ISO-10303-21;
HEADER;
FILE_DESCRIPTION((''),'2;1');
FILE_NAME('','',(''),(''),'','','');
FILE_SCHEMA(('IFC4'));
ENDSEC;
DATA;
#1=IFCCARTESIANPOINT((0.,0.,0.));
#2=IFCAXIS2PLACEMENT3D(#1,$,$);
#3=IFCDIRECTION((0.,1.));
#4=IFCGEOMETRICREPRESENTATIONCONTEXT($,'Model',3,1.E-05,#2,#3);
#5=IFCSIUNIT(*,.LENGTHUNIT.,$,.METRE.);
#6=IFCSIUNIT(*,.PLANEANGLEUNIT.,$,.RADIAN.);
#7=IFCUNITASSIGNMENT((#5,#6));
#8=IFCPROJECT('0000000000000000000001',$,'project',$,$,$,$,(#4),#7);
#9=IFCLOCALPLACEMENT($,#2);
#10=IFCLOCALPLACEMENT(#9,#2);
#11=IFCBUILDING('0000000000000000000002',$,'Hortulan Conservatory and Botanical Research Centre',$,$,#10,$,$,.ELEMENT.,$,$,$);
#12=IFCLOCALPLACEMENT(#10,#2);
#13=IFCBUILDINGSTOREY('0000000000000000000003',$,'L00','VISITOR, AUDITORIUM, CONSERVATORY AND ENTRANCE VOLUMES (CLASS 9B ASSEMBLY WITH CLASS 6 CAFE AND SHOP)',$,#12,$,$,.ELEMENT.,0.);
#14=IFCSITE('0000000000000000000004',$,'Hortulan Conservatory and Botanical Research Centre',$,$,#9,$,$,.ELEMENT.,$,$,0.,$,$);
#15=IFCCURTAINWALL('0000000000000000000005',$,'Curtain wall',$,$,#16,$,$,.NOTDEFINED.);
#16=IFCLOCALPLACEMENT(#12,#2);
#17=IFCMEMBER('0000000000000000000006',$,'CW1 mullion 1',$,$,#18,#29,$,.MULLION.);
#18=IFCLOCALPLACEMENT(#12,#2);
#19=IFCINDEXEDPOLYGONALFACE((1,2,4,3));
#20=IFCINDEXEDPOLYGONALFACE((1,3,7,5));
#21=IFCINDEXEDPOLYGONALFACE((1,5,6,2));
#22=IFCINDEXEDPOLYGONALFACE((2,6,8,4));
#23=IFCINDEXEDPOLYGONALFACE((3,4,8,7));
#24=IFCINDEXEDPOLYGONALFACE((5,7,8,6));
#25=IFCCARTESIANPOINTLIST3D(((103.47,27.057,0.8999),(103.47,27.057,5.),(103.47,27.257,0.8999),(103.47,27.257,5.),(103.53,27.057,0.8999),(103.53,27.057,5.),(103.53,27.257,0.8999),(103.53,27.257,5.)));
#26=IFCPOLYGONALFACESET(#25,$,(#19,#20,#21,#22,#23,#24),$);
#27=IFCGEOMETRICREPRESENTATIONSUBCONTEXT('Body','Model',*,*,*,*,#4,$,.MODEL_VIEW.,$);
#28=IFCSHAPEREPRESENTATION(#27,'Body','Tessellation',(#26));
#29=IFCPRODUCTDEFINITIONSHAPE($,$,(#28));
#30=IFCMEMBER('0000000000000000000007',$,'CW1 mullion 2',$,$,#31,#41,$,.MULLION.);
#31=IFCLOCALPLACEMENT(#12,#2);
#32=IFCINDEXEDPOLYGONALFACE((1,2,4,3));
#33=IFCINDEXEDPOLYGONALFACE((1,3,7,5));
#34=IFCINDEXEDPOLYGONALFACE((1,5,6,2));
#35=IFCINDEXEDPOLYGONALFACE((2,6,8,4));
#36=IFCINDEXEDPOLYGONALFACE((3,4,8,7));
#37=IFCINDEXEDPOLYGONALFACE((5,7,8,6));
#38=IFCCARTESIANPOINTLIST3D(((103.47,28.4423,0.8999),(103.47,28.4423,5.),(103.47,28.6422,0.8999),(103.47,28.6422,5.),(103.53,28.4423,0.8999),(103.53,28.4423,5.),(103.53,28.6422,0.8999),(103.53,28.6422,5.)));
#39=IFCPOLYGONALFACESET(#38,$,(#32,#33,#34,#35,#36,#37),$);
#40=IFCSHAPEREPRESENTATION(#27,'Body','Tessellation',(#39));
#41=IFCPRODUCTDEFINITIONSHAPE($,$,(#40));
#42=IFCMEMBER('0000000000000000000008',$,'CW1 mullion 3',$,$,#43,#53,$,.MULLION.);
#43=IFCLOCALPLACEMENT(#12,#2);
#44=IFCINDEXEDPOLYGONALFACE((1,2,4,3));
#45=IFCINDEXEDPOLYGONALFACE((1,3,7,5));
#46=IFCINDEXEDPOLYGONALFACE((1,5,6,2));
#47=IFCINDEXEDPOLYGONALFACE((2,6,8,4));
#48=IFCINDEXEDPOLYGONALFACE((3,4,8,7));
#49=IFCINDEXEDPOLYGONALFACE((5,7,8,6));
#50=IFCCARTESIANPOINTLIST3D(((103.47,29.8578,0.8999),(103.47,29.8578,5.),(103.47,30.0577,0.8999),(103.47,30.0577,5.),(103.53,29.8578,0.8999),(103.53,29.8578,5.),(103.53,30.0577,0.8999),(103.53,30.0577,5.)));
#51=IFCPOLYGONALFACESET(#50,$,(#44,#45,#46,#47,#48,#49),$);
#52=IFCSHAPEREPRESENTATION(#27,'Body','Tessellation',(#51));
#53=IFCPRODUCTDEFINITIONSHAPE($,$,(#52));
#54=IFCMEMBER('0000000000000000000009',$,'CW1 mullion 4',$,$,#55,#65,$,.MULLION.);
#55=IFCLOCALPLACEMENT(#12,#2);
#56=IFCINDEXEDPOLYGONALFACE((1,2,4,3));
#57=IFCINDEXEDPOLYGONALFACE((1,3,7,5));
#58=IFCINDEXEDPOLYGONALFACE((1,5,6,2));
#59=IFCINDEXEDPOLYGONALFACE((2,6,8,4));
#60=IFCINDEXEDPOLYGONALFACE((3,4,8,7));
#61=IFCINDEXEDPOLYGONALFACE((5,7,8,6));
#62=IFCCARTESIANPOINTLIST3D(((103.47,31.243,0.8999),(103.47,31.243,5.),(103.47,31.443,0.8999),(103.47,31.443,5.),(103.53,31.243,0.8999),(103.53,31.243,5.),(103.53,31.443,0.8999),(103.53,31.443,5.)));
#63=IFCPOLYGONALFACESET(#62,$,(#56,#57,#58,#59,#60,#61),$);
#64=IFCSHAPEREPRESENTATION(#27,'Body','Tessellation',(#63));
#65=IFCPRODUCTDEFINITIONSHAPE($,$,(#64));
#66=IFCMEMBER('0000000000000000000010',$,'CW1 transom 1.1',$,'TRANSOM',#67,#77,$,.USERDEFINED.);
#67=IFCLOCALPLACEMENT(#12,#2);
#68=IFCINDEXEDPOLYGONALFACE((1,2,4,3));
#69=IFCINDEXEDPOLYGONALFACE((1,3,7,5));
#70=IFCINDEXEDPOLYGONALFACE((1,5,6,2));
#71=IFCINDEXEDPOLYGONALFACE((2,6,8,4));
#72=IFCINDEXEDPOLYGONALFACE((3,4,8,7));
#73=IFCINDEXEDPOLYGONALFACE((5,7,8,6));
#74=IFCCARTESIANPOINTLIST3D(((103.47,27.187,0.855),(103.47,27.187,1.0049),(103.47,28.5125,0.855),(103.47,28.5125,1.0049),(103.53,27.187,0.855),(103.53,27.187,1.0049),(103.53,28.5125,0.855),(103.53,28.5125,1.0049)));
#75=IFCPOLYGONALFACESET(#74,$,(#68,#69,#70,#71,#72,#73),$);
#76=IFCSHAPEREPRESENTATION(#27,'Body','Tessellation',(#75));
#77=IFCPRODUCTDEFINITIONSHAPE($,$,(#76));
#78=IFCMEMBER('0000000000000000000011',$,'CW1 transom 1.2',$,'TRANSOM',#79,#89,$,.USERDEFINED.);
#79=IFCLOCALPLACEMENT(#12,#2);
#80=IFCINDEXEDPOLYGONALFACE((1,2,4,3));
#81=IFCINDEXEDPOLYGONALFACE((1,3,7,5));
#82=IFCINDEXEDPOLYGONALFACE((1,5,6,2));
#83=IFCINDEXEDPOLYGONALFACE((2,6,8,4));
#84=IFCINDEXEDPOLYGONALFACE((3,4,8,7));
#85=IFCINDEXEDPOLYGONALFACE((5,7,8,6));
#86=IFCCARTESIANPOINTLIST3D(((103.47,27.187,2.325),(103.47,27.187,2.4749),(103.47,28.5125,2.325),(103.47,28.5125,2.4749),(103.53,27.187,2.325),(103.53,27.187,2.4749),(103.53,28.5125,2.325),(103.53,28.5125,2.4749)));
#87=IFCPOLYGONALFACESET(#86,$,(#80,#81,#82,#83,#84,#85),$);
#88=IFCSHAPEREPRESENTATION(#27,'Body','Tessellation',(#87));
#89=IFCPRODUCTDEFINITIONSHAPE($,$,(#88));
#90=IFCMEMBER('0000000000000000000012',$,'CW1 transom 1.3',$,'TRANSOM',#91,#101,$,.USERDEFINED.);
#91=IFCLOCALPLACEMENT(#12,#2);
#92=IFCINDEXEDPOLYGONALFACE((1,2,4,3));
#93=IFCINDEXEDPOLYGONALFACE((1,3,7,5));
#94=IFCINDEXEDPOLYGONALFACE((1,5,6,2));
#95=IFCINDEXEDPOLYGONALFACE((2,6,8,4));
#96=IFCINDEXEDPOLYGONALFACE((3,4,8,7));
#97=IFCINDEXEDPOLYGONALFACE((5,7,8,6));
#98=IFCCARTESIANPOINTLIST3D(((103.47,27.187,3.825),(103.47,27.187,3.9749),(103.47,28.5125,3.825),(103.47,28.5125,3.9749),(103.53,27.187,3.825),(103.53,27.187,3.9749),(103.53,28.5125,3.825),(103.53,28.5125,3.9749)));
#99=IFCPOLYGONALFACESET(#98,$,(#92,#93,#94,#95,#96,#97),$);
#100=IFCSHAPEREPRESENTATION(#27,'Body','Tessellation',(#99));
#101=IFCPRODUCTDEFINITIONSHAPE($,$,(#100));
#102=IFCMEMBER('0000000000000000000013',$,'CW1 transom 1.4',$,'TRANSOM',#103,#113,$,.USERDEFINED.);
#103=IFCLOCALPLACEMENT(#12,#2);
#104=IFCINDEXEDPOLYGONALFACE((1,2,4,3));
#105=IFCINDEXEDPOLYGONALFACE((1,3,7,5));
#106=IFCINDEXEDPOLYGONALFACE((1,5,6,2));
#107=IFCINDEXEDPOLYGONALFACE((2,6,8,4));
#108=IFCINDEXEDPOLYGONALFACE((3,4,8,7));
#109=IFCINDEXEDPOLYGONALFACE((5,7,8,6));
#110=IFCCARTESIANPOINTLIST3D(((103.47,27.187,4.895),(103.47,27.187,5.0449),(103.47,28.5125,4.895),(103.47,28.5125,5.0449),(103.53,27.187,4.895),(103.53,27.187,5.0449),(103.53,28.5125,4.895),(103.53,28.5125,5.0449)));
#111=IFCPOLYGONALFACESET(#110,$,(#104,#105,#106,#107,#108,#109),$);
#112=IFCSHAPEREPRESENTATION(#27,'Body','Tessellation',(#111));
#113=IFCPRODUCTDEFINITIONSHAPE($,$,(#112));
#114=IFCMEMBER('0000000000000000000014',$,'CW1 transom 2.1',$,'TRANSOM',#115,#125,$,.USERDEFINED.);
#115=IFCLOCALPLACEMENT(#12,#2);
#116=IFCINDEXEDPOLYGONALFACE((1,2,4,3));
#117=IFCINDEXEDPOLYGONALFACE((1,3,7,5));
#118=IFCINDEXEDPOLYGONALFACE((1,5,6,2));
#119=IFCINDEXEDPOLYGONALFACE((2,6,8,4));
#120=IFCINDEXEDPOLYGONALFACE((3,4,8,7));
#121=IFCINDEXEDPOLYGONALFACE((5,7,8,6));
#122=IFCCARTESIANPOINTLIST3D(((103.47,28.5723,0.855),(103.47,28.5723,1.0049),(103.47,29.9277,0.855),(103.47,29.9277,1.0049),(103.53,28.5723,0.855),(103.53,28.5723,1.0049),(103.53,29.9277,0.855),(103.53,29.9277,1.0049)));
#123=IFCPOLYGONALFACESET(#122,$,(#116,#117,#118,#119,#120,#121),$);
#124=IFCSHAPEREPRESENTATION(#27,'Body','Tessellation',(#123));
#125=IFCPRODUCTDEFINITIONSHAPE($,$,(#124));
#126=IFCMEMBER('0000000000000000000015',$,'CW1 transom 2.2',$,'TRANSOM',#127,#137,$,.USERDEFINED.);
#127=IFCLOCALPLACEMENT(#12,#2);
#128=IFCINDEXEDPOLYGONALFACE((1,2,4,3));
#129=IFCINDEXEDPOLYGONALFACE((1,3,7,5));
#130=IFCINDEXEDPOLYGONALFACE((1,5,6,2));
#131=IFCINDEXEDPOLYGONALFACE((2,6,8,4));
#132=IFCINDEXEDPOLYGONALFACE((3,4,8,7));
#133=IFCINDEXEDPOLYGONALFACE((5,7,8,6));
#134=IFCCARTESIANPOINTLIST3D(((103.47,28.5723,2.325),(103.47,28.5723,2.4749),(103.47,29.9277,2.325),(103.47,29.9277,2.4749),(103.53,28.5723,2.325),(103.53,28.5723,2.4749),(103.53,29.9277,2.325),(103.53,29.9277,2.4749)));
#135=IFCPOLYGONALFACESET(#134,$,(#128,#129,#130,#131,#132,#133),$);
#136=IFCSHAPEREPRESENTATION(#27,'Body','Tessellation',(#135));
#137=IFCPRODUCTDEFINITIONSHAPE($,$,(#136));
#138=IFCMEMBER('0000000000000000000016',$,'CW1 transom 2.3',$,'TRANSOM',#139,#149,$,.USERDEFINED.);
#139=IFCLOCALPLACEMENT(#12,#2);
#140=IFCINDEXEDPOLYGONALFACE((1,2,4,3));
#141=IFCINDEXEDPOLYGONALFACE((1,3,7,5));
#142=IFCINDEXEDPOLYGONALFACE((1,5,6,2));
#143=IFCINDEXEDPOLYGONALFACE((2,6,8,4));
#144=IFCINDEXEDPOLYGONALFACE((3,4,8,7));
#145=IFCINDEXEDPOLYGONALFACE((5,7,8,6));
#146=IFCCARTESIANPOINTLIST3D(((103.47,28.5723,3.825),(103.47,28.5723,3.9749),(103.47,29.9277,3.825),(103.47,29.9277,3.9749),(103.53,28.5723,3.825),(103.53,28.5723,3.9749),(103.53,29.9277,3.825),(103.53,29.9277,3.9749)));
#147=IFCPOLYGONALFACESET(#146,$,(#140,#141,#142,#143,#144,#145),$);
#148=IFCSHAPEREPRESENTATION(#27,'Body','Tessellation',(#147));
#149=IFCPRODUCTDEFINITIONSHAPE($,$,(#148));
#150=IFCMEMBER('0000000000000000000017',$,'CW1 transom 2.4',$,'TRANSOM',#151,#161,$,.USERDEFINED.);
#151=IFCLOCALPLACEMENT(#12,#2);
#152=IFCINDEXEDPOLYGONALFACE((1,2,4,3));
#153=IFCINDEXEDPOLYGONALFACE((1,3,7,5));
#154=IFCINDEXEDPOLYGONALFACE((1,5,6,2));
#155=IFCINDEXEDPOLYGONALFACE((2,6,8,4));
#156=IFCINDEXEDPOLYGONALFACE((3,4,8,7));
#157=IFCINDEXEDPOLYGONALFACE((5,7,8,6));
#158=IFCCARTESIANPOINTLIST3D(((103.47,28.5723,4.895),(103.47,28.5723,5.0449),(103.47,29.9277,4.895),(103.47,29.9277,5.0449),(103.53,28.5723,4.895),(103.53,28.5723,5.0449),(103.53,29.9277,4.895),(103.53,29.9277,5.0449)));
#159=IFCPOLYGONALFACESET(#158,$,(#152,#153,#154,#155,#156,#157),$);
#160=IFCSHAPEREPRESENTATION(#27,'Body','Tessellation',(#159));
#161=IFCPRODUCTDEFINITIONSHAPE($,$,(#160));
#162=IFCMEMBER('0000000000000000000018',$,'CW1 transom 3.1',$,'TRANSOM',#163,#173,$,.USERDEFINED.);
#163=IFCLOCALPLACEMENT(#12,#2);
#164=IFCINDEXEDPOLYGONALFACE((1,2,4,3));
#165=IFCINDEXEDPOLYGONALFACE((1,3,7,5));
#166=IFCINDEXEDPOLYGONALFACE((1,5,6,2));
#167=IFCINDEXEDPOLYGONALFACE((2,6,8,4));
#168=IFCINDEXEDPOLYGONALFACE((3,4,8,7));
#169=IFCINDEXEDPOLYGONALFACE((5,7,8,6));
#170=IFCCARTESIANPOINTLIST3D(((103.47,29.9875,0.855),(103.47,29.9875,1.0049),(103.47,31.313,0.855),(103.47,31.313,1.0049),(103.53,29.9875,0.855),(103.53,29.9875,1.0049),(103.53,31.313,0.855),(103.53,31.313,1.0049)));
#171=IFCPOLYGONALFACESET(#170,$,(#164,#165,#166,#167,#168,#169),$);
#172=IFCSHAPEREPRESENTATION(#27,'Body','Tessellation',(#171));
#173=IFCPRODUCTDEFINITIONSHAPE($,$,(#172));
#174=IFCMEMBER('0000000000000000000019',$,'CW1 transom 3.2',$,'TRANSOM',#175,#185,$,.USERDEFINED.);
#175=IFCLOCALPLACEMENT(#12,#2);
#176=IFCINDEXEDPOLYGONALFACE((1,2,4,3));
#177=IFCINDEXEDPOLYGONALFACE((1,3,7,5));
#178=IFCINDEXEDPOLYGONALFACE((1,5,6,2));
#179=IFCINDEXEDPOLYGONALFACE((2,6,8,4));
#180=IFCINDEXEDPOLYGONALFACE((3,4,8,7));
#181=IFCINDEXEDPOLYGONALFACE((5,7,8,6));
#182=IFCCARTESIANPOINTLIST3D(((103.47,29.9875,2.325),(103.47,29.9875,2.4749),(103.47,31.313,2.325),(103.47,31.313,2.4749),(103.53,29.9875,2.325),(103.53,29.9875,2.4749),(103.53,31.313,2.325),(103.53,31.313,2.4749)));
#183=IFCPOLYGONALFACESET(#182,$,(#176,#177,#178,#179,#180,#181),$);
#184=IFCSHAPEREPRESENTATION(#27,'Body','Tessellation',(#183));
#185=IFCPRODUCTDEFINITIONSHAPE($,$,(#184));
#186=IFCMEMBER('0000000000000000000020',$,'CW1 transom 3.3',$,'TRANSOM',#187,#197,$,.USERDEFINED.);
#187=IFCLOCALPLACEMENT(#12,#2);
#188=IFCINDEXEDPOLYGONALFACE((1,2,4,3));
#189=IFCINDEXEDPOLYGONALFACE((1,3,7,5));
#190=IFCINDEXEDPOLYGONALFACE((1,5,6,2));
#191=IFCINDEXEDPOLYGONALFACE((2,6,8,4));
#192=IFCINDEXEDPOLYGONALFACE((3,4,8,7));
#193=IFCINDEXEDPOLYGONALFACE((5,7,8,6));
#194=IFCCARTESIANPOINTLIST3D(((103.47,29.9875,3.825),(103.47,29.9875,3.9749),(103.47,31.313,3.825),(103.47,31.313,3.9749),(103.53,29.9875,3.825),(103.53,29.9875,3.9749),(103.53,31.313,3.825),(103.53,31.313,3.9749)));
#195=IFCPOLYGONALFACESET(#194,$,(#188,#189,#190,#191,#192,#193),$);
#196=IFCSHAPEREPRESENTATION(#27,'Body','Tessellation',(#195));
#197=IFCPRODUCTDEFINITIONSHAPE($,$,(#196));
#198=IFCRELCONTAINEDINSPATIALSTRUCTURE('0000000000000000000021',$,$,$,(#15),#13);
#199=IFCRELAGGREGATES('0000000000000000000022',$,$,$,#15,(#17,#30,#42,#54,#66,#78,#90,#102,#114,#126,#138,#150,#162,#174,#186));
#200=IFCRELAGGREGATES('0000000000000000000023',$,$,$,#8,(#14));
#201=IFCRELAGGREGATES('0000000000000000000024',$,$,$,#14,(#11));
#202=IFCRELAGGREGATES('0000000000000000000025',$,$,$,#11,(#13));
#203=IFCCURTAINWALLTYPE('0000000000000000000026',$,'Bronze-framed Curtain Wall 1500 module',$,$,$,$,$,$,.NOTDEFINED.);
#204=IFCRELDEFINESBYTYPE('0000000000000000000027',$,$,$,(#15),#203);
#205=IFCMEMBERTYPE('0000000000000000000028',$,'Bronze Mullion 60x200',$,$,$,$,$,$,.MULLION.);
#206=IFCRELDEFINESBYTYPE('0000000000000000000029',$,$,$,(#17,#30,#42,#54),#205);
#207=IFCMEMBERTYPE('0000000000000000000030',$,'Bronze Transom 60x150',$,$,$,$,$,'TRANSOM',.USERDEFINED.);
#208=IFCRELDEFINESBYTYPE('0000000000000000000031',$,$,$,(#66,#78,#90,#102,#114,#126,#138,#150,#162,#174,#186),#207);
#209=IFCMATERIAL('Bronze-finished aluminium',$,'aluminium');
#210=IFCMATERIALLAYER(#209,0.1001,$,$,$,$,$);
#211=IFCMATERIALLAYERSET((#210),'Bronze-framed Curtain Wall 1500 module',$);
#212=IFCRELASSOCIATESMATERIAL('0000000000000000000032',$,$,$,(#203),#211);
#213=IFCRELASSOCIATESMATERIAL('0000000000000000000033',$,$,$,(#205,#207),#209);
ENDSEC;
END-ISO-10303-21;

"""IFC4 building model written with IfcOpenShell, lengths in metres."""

from ifc_helpers import new_model, si_unit, direction, frame, origin, origin_2d, place, context, subcontext, project, spatial, rectangle, extrude, material, layer, layer_set, material_profile, profile_set, type_object, element, aggregate, save


model = new_model("IFC4")

# Units and contexts
model_context = context("Model", 3, precision=1e-05, world=origin(), true_north=direction((0.0, 1.0)))
body_context = subcontext(model_context, "Body", "Model", "MODEL_VIEW")
ifc_project = project(units=[si_unit("LENGTHUNIT", "METRE"), si_unit("PLANEANGLEUNIT", "RADIAN")], contexts=[model_context])

# Site, building, storey
site_placement = place(None, origin())
site = spatial("IfcSite", under=ifc_project, at=site_placement, Name="Hortulan Conservatory and Botanical Research Centre", CompositionType="ELEMENT", RefElevation=0.0)
building_placement = place(site_placement, origin())
building = spatial("IfcBuilding", under=site, at=building_placement, Name="Hortulan Conservatory and Botanical Research Centre", CompositionType="ELEMENT")
storey_placement = place(building_placement, origin())
storey = spatial("IfcBuildingStorey", under=building, at=storey_placement, Name="L00", Description="VISITOR, AUDITORIUM, CONSERVATORY AND ENTRANCE VOLUMES (CLASS 9B ASSEMBLY WITH CLASS 6 CAFE AND SHOP)", CompositionType="ELEMENT", Elevation=0.0)

# Curtain wall, members
ifc_material_1 = material(Name="Bronze-finished aluminium", Category="aluminium")
ifc_layer_1 = layer(ifc_material_1, 0.1001)
ifc_layer_set_1 = layer_set([ifc_layer_1], Name="Bronze-framed Curtain Wall 1500 module")
curtain_wall_type = type_object("IfcCurtainWallType", Name="Bronze-framed Curtain Wall 1500 module", PredefinedType="NOTDEFINED", material=ifc_layer_set_1)
curtain_wall_placement = place(storey_placement, origin())
curtain_wall = element("IfcCurtainWall", 1, at=curtain_wall_placement, inside=storey, type_object=curtain_wall_type, Name="Curtain wall", PredefinedType="NOTDEFINED")
ifc_material_profile_1 = material_profile(ifc_material_1, rectangle(XDim=0.0601, YDim=0.2, at=origin_2d()), Name="Bronze Mullion 60x200")
ifc_profile_set_1 = profile_set([ifc_material_profile_1], Name="Bronze-finished aluminium")
member_type_1 = type_object("IfcMemberType", Name="Bronze Mullion 60x200", PredefinedType="MULLION", material=ifc_profile_set_1)
member_1_placement = place(storey_placement, frame((103.5, 27.157, 0.8999), z_axis=(0.0, 0.0, 1.0), x_axis=(-1.0, 0.0, 0.0)))
member_1 = element("IfcMember", 2, at=member_1_placement, type_object=member_type_1, Name="CW1 mullion 1", PredefinedType="MULLION", context=body_context, shape_type="SweptSolid", body=[
    extrude(rectangle(XDim=0.0601, YDim=0.2, at=origin_2d()), origin(), (0.0, 0.0, 1.0), 4.1001),
])
member_2_placement = place(storey_placement, frame((103.5, 28.5422, 0.8999), z_axis=(0.0, 0.0, 1.0), x_axis=(-1.0, 0.0, 0.0)))
member_2 = element("IfcMember", 3, at=member_2_placement, type_object=member_type_1, Name="CW1 mullion 2", PredefinedType="MULLION", context=body_context, shape_type="SweptSolid", body=[
    extrude(rectangle(XDim=0.0601, YDim=0.2, at=origin_2d()), origin(), (0.0, 0.0, 1.0), 4.1001),
])
member_3_placement = place(storey_placement, frame((103.5, 29.9578, 0.8999), z_axis=(0.0, 0.0, 1.0), x_axis=(-1.0, 0.0, 0.0)))
member_3 = element("IfcMember", 4, at=member_3_placement, type_object=member_type_1, Name="CW1 mullion 3", PredefinedType="MULLION", context=body_context, shape_type="SweptSolid", body=[
    extrude(rectangle(XDim=0.0601, YDim=0.2, at=origin_2d()), origin(), (0.0, 0.0, 1.0), 4.1001),
])
member_4_placement = place(storey_placement, frame((103.5, 31.343, 0.8999), z_axis=(0.0, 0.0, 1.0), x_axis=(-1.0, 0.0, 0.0)))
member_4 = element("IfcMember", 5, at=member_4_placement, type_object=member_type_1, Name="CW1 mullion 4", PredefinedType="MULLION", context=body_context, shape_type="SweptSolid", body=[
    extrude(rectangle(XDim=0.0601, YDim=0.2, at=origin_2d()), origin(), (0.0, 0.0, 1.0), 4.1001),
])
ifc_material_profile_2 = material_profile(ifc_material_1, rectangle(XDim=0.0601, YDim=0.1499, at=origin_2d()), Name="Bronze Transom 60x150")
ifc_profile_set_2 = profile_set([ifc_material_profile_2], Name="Bronze-finished aluminium")
member_type_2 = type_object("IfcMemberType", Name="Bronze Transom 60x150", ElementType="TRANSOM", PredefinedType="USERDEFINED", material=ifc_profile_set_2)
member_5_placement = place(storey_placement, frame((103.5, 27.187, 0.9299), z_axis=(0.0, 1.0, 0.0), x_axis=(-1.0, 0.0, 0.0)))
member_5 = element("IfcMember", 6, at=member_5_placement, type_object=member_type_2, Name="CW1 transom 1.1", ObjectType="TRANSOM", PredefinedType="USERDEFINED", context=body_context, shape_type="SweptSolid", body=[
    extrude(rectangle(XDim=0.0601, YDim=0.1499, at=origin_2d()), origin(), (0.0, 0.0, 1.0), 1.3254),
])
member_6_placement = place(storey_placement, frame((103.5, 27.187, 2.3999), z_axis=(0.0, 1.0, 0.0), x_axis=(-1.0, 0.0, 0.0)))
member_6 = element("IfcMember", 7, at=member_6_placement, type_object=member_type_2, Name="CW1 transom 1.2", ObjectType="TRANSOM", PredefinedType="USERDEFINED", context=body_context, shape_type="SweptSolid", body=[
    extrude(rectangle(XDim=0.0601, YDim=0.1499, at=origin_2d()), origin(), (0.0, 0.0, 1.0), 1.3254),
])
member_7_placement = place(storey_placement, frame((103.5, 27.187, 3.8999), z_axis=(0.0, 1.0, 0.0), x_axis=(-1.0, 0.0, 0.0)))
member_7 = element("IfcMember", 8, at=member_7_placement, type_object=member_type_2, Name="CW1 transom 1.3", ObjectType="TRANSOM", PredefinedType="USERDEFINED", context=body_context, shape_type="SweptSolid", body=[
    extrude(rectangle(XDim=0.0601, YDim=0.1499, at=origin_2d()), origin(), (0.0, 0.0, 1.0), 1.3254),
])
member_8_placement = place(storey_placement, frame((103.5, 27.187, 4.97), z_axis=(0.0, 1.0, 0.0), x_axis=(-1.0, 0.0, 0.0)))
member_8 = element("IfcMember", 9, at=member_8_placement, type_object=member_type_2, Name="CW1 transom 1.4", ObjectType="TRANSOM", PredefinedType="USERDEFINED", context=body_context, shape_type="SweptSolid", body=[
    extrude(rectangle(XDim=0.0601, YDim=0.1499, at=origin_2d()), origin(), (0.0, 0.0, 1.0), 1.3254),
])
member_9_placement = place(storey_placement, frame((103.5, 28.5723, 0.9299), z_axis=(0.0, 1.0, 0.0), x_axis=(-1.0, 0.0, 0.0)))
member_9 = element("IfcMember", 10, at=member_9_placement, type_object=member_type_2, Name="CW1 transom 2.1", ObjectType="TRANSOM", PredefinedType="USERDEFINED", context=body_context, shape_type="SweptSolid", body=[
    extrude(rectangle(XDim=0.0601, YDim=0.1499, at=origin_2d()), origin(), (0.0, 0.0, 1.0), 1.3555),
])
member_10_placement = place(storey_placement, frame((103.5, 28.5723, 2.3999), z_axis=(0.0, 1.0, 0.0), x_axis=(-1.0, 0.0, 0.0)))
member_10 = element("IfcMember", 11, at=member_10_placement, type_object=member_type_2, Name="CW1 transom 2.2", ObjectType="TRANSOM", PredefinedType="USERDEFINED", context=body_context, shape_type="SweptSolid", body=[
    extrude(rectangle(XDim=0.0601, YDim=0.1499, at=origin_2d()), origin(), (0.0, 0.0, 1.0), 1.3555),
])
member_11_placement = place(storey_placement, frame((103.5, 28.5723, 3.8999), z_axis=(0.0, 1.0, 0.0), x_axis=(-1.0, 0.0, 0.0)))
member_11 = element("IfcMember", 12, at=member_11_placement, type_object=member_type_2, Name="CW1 transom 2.3", ObjectType="TRANSOM", PredefinedType="USERDEFINED", context=body_context, shape_type="SweptSolid", body=[
    extrude(rectangle(XDim=0.0601, YDim=0.1499, at=origin_2d()), origin(), (0.0, 0.0, 1.0), 1.3555),
])
member_12_placement = place(storey_placement, frame((103.5, 28.5723, 4.97), z_axis=(0.0, 1.0, 0.0), x_axis=(-1.0, 0.0, 0.0)))
member_12 = element("IfcMember", 13, at=member_12_placement, type_object=member_type_2, Name="CW1 transom 2.4", ObjectType="TRANSOM", PredefinedType="USERDEFINED", context=body_context, shape_type="SweptSolid", body=[
    extrude(rectangle(XDim=0.0601, YDim=0.1499, at=origin_2d()), origin(), (0.0, 0.0, 1.0), 1.3555),
])
member_13_placement = place(storey_placement, frame((103.5, 29.9875, 0.9299), z_axis=(0.0, 1.0, 0.0), x_axis=(-1.0, 0.0, 0.0)))
member_13 = element("IfcMember", 14, at=member_13_placement, type_object=member_type_2, Name="CW1 transom 3.1", ObjectType="TRANSOM", PredefinedType="USERDEFINED", context=body_context, shape_type="SweptSolid", body=[
    extrude(rectangle(XDim=0.0601, YDim=0.1499, at=origin_2d()), origin(), (0.0, 0.0, 1.0), 1.3254),
])
member_14_placement = place(storey_placement, frame((103.5, 29.9875, 2.3999), z_axis=(0.0, 1.0, 0.0), x_axis=(-1.0, 0.0, 0.0)))
member_14 = element("IfcMember", 15, at=member_14_placement, type_object=member_type_2, Name="CW1 transom 3.2", ObjectType="TRANSOM", PredefinedType="USERDEFINED", context=body_context, shape_type="SweptSolid", body=[
    extrude(rectangle(XDim=0.0601, YDim=0.1499, at=origin_2d()), origin(), (0.0, 0.0, 1.0), 1.3254),
])
member_15_placement = place(storey_placement, frame((103.5, 29.9875, 3.8999), z_axis=(0.0, 1.0, 0.0), x_axis=(-1.0, 0.0, 0.0)))
member_15 = element("IfcMember", 16, at=member_15_placement, type_object=member_type_2, Name="CW1 transom 3.3", ObjectType="TRANSOM", PredefinedType="USERDEFINED", context=body_context, shape_type="SweptSolid", body=[
    extrude(rectangle(XDim=0.0601, YDim=0.1499, at=origin_2d()), origin(), (0.0, 0.0, 1.0), 1.3254),
])
aggregate(curtain_wall, [member_1, member_2, member_3, member_4, member_5, member_6, member_7, member_8, member_9, member_10, member_11, member_12, member_13, member_14, member_15])

save(model, "model.ifc")
